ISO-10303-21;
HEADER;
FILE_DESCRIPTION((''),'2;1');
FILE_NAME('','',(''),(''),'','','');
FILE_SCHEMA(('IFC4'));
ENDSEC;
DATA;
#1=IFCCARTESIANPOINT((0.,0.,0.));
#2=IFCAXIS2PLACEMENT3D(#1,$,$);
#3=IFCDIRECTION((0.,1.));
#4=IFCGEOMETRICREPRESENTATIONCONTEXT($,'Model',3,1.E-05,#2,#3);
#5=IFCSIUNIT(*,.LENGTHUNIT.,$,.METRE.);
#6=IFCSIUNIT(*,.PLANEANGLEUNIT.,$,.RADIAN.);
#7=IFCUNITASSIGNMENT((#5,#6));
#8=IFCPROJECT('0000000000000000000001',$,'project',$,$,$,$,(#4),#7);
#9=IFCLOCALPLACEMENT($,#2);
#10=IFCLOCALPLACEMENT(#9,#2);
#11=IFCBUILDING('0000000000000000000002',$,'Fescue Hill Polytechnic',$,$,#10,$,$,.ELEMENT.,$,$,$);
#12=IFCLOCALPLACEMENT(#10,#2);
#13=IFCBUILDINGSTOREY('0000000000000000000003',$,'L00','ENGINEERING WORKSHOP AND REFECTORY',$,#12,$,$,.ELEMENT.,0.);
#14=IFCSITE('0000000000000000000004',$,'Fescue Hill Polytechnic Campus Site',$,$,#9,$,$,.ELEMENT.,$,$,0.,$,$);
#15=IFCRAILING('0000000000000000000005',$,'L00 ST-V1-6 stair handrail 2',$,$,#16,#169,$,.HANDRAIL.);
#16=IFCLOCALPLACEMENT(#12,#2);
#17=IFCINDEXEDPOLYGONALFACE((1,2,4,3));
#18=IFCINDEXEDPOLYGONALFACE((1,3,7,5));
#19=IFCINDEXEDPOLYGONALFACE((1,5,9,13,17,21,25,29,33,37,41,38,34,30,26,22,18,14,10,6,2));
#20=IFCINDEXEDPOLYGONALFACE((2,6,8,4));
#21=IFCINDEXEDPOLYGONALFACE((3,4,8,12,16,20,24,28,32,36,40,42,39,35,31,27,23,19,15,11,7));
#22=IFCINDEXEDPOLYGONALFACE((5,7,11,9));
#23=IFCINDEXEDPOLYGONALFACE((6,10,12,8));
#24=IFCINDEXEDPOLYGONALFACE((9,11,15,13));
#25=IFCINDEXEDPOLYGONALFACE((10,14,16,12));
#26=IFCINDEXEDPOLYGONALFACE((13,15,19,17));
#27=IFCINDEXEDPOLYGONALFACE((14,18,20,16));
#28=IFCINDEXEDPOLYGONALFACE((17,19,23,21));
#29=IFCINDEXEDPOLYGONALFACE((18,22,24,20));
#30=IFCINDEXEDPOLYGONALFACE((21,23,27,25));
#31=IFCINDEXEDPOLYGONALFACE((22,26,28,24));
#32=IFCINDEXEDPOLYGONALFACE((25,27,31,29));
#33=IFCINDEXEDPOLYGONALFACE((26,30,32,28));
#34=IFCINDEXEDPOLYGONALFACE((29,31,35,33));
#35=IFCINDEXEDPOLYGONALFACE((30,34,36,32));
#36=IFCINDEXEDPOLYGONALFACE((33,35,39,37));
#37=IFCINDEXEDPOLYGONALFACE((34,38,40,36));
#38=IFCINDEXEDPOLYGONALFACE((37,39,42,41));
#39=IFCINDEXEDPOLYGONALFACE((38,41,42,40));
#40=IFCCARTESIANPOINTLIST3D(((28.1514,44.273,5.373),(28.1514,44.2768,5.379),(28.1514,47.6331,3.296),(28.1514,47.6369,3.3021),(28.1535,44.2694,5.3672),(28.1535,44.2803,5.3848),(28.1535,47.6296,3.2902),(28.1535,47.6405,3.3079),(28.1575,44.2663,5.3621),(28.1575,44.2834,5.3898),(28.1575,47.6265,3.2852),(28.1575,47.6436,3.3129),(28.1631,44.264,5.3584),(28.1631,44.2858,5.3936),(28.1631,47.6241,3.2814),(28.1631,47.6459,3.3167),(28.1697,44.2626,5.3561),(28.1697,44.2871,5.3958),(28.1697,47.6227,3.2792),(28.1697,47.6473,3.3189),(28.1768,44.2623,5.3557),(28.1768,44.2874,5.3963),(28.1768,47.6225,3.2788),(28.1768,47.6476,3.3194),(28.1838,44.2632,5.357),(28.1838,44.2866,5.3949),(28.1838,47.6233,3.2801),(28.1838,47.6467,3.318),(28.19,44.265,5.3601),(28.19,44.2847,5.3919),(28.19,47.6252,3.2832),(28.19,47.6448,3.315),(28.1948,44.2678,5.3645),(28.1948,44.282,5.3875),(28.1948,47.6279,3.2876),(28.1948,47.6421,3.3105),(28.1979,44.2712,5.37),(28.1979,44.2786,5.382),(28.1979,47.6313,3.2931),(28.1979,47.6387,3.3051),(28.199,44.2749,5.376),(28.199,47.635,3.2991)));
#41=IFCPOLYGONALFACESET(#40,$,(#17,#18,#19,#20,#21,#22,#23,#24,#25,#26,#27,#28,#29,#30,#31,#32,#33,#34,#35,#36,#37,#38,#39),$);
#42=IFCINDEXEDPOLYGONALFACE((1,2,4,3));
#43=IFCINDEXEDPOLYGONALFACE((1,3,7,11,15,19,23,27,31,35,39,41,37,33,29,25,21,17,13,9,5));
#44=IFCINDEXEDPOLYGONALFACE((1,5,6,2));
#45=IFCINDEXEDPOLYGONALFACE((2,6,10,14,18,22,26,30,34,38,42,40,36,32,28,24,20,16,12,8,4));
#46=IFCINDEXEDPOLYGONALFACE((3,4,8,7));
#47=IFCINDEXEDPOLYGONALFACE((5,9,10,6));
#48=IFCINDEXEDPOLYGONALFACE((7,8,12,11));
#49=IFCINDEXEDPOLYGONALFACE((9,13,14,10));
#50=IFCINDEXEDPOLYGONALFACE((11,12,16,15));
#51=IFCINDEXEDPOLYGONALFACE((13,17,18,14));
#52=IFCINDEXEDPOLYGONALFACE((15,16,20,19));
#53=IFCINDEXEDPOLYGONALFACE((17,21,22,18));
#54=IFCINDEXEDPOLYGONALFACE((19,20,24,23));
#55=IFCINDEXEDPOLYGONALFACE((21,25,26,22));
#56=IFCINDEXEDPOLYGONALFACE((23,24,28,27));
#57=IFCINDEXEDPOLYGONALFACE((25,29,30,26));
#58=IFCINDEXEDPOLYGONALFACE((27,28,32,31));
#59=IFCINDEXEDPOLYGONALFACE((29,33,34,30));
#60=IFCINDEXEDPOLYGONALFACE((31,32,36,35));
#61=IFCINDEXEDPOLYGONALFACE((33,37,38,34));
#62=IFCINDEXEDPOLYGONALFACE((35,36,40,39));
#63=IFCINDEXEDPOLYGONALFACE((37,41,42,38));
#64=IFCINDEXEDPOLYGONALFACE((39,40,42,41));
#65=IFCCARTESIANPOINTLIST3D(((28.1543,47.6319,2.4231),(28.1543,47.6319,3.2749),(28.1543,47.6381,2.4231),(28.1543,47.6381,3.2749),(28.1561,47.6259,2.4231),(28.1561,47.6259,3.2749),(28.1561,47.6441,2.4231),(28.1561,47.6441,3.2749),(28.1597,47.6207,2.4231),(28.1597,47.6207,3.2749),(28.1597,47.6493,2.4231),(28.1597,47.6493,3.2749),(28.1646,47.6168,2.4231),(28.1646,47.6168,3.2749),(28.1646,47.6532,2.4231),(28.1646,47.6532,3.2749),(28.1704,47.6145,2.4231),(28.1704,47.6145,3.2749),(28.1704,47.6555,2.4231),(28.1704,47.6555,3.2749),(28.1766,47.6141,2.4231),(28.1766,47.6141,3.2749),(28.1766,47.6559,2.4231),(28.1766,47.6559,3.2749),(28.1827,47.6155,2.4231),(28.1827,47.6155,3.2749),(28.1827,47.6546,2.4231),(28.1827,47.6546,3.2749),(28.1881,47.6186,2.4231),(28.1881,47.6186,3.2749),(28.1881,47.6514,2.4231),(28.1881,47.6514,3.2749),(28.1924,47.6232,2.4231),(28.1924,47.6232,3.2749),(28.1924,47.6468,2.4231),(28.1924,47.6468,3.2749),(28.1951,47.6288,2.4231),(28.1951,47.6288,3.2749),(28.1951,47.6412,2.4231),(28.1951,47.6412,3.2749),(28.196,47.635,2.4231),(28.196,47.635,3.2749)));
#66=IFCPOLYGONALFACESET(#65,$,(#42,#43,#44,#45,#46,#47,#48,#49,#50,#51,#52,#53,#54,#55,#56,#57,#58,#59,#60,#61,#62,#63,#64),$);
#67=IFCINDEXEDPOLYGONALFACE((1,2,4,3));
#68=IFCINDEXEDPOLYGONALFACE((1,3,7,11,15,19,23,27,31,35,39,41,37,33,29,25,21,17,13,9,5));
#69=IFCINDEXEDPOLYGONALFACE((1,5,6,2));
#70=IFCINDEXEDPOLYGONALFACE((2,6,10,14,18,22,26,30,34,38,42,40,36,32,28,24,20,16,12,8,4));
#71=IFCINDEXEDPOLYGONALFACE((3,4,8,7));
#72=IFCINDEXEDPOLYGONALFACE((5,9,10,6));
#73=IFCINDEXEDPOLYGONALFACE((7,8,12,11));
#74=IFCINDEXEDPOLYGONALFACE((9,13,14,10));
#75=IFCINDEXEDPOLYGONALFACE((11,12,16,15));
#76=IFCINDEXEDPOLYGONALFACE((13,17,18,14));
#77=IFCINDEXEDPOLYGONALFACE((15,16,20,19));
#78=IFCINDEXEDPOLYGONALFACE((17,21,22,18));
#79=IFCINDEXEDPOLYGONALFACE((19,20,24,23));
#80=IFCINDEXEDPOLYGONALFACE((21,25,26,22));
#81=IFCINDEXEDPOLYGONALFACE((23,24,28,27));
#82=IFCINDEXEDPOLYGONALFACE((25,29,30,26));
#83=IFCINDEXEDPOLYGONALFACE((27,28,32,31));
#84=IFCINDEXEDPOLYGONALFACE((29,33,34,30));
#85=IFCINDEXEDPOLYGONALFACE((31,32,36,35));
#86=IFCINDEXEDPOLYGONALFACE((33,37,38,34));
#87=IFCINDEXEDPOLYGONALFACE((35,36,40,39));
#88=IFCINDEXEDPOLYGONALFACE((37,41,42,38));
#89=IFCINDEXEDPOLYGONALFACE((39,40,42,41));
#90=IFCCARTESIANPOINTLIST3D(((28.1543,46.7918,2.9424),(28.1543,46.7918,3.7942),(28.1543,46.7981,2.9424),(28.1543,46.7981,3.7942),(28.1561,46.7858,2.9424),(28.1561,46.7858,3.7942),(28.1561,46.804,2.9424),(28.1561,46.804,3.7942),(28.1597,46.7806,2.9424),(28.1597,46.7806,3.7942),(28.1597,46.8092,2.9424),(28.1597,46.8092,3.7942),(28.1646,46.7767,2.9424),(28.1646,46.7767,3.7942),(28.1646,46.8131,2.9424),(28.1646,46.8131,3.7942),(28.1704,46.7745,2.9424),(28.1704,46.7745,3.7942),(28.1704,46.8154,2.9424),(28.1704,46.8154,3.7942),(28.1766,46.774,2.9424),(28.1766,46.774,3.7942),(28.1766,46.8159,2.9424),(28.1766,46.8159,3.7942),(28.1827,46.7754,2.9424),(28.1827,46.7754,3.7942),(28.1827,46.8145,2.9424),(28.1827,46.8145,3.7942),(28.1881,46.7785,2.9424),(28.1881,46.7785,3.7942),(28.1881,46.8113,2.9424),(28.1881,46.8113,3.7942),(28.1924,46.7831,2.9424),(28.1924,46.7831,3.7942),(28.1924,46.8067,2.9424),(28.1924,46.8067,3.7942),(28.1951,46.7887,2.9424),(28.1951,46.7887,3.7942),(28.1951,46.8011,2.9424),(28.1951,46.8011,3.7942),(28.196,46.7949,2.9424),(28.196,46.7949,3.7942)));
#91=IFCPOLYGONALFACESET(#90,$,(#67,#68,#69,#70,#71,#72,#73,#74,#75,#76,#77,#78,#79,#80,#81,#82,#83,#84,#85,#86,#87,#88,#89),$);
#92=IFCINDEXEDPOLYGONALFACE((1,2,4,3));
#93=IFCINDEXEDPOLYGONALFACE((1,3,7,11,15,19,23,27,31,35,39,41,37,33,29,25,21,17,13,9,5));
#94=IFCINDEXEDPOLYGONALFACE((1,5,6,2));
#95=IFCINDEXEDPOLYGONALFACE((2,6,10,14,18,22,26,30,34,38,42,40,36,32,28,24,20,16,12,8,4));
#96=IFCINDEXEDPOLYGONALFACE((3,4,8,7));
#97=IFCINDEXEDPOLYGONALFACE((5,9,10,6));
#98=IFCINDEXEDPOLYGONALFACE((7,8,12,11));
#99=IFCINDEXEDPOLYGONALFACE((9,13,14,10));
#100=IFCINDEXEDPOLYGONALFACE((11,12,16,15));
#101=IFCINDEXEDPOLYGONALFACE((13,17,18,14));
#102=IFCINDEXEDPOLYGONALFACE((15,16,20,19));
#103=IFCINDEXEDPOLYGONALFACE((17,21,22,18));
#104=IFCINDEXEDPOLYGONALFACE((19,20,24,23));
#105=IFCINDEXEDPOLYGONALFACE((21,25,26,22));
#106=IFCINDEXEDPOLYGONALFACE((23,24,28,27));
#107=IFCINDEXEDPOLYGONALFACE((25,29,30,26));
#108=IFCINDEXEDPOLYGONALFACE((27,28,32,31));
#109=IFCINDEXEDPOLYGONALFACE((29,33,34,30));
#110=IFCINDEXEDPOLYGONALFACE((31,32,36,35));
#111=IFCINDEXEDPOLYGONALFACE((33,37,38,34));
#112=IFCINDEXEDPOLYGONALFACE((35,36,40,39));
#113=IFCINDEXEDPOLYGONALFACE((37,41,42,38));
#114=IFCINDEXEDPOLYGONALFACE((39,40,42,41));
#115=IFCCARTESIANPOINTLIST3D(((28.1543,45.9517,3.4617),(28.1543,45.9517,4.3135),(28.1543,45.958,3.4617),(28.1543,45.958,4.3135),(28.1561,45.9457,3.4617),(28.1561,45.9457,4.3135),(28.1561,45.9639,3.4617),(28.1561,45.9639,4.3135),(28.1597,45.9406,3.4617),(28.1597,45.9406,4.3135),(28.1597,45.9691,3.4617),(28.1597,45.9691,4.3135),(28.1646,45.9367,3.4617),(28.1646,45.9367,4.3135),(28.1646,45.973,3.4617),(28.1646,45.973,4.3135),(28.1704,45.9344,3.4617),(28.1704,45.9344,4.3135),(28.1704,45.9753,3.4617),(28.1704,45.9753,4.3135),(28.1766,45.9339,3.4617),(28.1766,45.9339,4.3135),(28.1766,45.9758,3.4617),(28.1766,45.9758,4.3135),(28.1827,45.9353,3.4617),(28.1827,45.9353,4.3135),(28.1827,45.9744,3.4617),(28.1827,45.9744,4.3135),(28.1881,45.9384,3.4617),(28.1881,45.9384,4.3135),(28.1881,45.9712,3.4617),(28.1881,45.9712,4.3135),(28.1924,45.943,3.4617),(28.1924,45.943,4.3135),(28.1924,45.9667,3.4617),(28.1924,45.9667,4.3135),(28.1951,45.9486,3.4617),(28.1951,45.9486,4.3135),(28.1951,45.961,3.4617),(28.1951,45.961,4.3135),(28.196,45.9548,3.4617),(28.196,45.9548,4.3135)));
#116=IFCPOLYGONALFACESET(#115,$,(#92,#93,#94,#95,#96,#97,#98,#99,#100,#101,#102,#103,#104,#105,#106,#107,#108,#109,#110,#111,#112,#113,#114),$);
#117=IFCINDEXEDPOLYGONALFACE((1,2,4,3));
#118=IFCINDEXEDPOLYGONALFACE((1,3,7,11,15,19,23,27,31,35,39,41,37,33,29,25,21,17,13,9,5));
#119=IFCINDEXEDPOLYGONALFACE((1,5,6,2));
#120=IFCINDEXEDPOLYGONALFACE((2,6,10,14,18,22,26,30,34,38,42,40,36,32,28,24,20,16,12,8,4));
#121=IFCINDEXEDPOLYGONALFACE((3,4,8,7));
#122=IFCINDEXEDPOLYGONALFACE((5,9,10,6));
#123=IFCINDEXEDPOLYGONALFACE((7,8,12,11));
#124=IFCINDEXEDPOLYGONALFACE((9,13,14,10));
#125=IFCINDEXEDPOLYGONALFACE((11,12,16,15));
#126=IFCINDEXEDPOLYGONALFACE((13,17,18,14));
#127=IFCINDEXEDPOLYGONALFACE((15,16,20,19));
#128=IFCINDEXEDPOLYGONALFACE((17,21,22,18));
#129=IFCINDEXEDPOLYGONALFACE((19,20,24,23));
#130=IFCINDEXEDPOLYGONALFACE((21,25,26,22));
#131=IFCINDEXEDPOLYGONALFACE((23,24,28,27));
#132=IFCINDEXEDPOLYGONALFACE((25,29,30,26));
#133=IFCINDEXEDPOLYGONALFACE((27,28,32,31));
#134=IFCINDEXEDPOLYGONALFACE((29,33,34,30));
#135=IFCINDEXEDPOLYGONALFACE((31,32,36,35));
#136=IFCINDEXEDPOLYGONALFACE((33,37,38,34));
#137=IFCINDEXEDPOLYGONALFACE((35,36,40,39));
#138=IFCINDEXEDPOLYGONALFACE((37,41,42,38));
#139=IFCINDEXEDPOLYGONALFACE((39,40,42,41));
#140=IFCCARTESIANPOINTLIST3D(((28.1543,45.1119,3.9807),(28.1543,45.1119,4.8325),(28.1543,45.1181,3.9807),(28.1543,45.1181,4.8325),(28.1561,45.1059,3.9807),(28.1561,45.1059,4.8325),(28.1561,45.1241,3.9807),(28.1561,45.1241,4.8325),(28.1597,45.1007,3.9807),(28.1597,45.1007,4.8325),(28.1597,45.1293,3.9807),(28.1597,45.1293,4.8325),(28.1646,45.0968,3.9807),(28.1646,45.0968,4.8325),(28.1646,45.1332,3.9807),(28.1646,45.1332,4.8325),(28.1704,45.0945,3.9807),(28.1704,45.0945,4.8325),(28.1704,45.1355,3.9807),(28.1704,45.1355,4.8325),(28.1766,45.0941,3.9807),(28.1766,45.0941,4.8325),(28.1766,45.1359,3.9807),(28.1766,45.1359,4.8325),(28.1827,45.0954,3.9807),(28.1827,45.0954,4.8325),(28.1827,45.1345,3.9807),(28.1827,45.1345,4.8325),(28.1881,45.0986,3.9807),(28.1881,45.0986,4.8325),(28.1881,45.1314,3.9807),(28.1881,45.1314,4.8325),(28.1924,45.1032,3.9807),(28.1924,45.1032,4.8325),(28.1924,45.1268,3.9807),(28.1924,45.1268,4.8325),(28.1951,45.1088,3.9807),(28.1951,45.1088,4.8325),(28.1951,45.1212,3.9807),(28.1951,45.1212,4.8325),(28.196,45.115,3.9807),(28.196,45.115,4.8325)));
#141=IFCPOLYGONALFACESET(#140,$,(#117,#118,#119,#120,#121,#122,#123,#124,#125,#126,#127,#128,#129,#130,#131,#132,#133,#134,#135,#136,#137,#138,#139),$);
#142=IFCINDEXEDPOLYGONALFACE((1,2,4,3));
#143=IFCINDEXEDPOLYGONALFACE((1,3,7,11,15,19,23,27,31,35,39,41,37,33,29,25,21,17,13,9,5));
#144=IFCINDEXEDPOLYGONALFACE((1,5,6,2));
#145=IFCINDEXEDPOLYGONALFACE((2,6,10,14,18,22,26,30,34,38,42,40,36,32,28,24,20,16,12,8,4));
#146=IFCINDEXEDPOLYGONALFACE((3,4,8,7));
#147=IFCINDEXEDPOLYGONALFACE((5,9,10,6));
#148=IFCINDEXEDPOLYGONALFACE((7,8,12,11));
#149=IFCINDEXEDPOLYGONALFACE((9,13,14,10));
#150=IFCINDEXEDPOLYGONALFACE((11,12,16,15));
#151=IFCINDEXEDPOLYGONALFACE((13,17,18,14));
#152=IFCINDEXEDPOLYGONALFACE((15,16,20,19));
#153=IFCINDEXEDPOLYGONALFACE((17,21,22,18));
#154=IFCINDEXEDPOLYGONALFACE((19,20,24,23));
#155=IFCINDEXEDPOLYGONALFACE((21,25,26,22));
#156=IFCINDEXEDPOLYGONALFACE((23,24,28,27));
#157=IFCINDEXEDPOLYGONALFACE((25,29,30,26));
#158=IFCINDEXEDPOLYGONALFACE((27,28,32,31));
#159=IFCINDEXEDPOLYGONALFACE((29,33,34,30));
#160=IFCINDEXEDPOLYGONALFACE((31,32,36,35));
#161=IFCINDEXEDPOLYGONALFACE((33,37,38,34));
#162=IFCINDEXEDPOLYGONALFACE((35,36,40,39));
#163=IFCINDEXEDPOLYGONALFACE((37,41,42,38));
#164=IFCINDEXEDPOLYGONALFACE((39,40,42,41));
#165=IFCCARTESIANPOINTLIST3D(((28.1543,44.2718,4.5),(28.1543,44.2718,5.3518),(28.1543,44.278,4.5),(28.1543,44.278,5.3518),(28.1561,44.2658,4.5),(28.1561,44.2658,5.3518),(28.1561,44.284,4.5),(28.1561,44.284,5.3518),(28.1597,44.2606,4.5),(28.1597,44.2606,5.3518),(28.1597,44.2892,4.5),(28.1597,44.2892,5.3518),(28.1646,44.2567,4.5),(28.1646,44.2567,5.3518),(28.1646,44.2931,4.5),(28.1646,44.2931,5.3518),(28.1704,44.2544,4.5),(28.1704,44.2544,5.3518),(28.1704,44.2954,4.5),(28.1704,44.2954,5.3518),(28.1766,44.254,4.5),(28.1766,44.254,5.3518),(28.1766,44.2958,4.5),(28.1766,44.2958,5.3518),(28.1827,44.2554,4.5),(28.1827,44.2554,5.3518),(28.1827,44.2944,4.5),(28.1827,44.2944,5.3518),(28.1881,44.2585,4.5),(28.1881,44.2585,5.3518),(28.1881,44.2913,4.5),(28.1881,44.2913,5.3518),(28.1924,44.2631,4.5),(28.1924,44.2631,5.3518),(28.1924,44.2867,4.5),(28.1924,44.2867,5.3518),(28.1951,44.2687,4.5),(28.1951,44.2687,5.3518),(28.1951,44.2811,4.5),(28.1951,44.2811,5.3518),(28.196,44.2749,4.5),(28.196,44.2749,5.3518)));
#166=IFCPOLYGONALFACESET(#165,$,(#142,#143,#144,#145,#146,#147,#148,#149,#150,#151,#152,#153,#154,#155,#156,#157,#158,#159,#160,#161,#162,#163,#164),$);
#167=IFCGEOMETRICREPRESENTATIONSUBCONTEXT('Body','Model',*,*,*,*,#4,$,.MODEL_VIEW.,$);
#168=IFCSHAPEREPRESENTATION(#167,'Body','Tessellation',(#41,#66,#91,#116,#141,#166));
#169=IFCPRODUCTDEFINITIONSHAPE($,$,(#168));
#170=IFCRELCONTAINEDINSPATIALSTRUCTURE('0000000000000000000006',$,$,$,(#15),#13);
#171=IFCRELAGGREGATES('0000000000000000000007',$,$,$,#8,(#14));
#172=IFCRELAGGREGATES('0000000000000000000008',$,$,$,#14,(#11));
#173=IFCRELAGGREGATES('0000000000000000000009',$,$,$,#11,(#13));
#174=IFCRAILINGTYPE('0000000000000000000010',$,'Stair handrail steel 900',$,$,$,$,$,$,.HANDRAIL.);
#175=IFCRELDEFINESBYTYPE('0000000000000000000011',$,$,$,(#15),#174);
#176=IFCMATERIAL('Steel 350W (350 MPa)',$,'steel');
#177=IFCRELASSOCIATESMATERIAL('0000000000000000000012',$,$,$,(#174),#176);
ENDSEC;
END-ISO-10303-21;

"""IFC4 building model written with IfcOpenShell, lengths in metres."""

from ifc_helpers import new_model, si_unit, direction, frame, origin, origin_2d, place, context, subcontext, project, spatial, circle, extrude, material, type_object, element, save


model = new_model("IFC4")

# Units and contexts
model_context = context("Model", 3, precision=1e-05, world=origin(), true_north=direction((0.0, 1.0)))
body_context = subcontext(model_context, "Body", "Model", "MODEL_VIEW")
ifc_project = project(units=[si_unit("LENGTHUNIT", "METRE"), si_unit("PLANEANGLEUNIT", "RADIAN")], contexts=[model_context])

# Site, building, storey
site_placement = place(None, origin())
site = spatial("IfcSite", under=ifc_project, at=site_placement, Name="Fescue Hill Polytechnic Campus Site", CompositionType="ELEMENT", RefElevation=0.0)
building_placement = place(site_placement, origin())
building = spatial("IfcBuilding", under=site, at=building_placement, Name="Fescue Hill Polytechnic", CompositionType="ELEMENT")
storey_placement = place(building_placement, origin())
storey = spatial("IfcBuildingStorey", under=building, at=storey_placement, Name="L00", Description="ENGINEERING WORKSHOP AND REFECTORY", CompositionType="ELEMENT", Elevation=0.0)

# Railing
ifc_material_1 = material(Name="Steel 350W (350 MPa)", Category="steel")
railing_type_1 = type_object("IfcRailingType", Name="Stair handrail steel 900", PredefinedType="HANDRAIL", material=ifc_material_1)
for number, where, name in (
    (1, (28.175, 47.635, 2.4231), "L00 ST-V1-6 stair handrail 2"),
):
    element("IfcRailing", number, at=place(storey_placement, frame(where)), inside=storey, type_object=railing_type_1, Name=name, PredefinedType="HANDRAIL", context=body_context, shape_type="SweptSolid", body=[
        extrude(circle(Radius=0.0239, at=origin_2d()), frame((0.0, 0.0, 0.876), z_axis=(0.0, -0.850623, 0.525776), x_axis=(1.0, 0.0, 0.0)), (0.0, 0.0, 1.0), 3.9502),
        extrude(circle(Radius=0.021, at=origin_2d()), origin(), (0.0, 0.0, 1.0), 0.8518),
        extrude(circle(Radius=0.021, at=origin_2d()), frame((0.0, -0.8401, 0.5193)), (0.0, 0.0, 1.0), 0.8518),
        extrude(circle(Radius=0.021, at=origin_2d()), frame((0.0, -1.6802, 1.0386)), (0.0, 0.0, 1.0), 0.8518),
        extrude(circle(Radius=0.021, at=origin_2d()), frame((0.0, -2.52, 1.5576)), (0.0, 0.0, 1.0), 0.8518),
        extrude(circle(Radius=0.021, at=origin_2d()), frame((0.0, -3.3601, 2.0769)), (0.0, 0.0, 1.0), 0.8518),
    ])

save(model, "model.ifc")
